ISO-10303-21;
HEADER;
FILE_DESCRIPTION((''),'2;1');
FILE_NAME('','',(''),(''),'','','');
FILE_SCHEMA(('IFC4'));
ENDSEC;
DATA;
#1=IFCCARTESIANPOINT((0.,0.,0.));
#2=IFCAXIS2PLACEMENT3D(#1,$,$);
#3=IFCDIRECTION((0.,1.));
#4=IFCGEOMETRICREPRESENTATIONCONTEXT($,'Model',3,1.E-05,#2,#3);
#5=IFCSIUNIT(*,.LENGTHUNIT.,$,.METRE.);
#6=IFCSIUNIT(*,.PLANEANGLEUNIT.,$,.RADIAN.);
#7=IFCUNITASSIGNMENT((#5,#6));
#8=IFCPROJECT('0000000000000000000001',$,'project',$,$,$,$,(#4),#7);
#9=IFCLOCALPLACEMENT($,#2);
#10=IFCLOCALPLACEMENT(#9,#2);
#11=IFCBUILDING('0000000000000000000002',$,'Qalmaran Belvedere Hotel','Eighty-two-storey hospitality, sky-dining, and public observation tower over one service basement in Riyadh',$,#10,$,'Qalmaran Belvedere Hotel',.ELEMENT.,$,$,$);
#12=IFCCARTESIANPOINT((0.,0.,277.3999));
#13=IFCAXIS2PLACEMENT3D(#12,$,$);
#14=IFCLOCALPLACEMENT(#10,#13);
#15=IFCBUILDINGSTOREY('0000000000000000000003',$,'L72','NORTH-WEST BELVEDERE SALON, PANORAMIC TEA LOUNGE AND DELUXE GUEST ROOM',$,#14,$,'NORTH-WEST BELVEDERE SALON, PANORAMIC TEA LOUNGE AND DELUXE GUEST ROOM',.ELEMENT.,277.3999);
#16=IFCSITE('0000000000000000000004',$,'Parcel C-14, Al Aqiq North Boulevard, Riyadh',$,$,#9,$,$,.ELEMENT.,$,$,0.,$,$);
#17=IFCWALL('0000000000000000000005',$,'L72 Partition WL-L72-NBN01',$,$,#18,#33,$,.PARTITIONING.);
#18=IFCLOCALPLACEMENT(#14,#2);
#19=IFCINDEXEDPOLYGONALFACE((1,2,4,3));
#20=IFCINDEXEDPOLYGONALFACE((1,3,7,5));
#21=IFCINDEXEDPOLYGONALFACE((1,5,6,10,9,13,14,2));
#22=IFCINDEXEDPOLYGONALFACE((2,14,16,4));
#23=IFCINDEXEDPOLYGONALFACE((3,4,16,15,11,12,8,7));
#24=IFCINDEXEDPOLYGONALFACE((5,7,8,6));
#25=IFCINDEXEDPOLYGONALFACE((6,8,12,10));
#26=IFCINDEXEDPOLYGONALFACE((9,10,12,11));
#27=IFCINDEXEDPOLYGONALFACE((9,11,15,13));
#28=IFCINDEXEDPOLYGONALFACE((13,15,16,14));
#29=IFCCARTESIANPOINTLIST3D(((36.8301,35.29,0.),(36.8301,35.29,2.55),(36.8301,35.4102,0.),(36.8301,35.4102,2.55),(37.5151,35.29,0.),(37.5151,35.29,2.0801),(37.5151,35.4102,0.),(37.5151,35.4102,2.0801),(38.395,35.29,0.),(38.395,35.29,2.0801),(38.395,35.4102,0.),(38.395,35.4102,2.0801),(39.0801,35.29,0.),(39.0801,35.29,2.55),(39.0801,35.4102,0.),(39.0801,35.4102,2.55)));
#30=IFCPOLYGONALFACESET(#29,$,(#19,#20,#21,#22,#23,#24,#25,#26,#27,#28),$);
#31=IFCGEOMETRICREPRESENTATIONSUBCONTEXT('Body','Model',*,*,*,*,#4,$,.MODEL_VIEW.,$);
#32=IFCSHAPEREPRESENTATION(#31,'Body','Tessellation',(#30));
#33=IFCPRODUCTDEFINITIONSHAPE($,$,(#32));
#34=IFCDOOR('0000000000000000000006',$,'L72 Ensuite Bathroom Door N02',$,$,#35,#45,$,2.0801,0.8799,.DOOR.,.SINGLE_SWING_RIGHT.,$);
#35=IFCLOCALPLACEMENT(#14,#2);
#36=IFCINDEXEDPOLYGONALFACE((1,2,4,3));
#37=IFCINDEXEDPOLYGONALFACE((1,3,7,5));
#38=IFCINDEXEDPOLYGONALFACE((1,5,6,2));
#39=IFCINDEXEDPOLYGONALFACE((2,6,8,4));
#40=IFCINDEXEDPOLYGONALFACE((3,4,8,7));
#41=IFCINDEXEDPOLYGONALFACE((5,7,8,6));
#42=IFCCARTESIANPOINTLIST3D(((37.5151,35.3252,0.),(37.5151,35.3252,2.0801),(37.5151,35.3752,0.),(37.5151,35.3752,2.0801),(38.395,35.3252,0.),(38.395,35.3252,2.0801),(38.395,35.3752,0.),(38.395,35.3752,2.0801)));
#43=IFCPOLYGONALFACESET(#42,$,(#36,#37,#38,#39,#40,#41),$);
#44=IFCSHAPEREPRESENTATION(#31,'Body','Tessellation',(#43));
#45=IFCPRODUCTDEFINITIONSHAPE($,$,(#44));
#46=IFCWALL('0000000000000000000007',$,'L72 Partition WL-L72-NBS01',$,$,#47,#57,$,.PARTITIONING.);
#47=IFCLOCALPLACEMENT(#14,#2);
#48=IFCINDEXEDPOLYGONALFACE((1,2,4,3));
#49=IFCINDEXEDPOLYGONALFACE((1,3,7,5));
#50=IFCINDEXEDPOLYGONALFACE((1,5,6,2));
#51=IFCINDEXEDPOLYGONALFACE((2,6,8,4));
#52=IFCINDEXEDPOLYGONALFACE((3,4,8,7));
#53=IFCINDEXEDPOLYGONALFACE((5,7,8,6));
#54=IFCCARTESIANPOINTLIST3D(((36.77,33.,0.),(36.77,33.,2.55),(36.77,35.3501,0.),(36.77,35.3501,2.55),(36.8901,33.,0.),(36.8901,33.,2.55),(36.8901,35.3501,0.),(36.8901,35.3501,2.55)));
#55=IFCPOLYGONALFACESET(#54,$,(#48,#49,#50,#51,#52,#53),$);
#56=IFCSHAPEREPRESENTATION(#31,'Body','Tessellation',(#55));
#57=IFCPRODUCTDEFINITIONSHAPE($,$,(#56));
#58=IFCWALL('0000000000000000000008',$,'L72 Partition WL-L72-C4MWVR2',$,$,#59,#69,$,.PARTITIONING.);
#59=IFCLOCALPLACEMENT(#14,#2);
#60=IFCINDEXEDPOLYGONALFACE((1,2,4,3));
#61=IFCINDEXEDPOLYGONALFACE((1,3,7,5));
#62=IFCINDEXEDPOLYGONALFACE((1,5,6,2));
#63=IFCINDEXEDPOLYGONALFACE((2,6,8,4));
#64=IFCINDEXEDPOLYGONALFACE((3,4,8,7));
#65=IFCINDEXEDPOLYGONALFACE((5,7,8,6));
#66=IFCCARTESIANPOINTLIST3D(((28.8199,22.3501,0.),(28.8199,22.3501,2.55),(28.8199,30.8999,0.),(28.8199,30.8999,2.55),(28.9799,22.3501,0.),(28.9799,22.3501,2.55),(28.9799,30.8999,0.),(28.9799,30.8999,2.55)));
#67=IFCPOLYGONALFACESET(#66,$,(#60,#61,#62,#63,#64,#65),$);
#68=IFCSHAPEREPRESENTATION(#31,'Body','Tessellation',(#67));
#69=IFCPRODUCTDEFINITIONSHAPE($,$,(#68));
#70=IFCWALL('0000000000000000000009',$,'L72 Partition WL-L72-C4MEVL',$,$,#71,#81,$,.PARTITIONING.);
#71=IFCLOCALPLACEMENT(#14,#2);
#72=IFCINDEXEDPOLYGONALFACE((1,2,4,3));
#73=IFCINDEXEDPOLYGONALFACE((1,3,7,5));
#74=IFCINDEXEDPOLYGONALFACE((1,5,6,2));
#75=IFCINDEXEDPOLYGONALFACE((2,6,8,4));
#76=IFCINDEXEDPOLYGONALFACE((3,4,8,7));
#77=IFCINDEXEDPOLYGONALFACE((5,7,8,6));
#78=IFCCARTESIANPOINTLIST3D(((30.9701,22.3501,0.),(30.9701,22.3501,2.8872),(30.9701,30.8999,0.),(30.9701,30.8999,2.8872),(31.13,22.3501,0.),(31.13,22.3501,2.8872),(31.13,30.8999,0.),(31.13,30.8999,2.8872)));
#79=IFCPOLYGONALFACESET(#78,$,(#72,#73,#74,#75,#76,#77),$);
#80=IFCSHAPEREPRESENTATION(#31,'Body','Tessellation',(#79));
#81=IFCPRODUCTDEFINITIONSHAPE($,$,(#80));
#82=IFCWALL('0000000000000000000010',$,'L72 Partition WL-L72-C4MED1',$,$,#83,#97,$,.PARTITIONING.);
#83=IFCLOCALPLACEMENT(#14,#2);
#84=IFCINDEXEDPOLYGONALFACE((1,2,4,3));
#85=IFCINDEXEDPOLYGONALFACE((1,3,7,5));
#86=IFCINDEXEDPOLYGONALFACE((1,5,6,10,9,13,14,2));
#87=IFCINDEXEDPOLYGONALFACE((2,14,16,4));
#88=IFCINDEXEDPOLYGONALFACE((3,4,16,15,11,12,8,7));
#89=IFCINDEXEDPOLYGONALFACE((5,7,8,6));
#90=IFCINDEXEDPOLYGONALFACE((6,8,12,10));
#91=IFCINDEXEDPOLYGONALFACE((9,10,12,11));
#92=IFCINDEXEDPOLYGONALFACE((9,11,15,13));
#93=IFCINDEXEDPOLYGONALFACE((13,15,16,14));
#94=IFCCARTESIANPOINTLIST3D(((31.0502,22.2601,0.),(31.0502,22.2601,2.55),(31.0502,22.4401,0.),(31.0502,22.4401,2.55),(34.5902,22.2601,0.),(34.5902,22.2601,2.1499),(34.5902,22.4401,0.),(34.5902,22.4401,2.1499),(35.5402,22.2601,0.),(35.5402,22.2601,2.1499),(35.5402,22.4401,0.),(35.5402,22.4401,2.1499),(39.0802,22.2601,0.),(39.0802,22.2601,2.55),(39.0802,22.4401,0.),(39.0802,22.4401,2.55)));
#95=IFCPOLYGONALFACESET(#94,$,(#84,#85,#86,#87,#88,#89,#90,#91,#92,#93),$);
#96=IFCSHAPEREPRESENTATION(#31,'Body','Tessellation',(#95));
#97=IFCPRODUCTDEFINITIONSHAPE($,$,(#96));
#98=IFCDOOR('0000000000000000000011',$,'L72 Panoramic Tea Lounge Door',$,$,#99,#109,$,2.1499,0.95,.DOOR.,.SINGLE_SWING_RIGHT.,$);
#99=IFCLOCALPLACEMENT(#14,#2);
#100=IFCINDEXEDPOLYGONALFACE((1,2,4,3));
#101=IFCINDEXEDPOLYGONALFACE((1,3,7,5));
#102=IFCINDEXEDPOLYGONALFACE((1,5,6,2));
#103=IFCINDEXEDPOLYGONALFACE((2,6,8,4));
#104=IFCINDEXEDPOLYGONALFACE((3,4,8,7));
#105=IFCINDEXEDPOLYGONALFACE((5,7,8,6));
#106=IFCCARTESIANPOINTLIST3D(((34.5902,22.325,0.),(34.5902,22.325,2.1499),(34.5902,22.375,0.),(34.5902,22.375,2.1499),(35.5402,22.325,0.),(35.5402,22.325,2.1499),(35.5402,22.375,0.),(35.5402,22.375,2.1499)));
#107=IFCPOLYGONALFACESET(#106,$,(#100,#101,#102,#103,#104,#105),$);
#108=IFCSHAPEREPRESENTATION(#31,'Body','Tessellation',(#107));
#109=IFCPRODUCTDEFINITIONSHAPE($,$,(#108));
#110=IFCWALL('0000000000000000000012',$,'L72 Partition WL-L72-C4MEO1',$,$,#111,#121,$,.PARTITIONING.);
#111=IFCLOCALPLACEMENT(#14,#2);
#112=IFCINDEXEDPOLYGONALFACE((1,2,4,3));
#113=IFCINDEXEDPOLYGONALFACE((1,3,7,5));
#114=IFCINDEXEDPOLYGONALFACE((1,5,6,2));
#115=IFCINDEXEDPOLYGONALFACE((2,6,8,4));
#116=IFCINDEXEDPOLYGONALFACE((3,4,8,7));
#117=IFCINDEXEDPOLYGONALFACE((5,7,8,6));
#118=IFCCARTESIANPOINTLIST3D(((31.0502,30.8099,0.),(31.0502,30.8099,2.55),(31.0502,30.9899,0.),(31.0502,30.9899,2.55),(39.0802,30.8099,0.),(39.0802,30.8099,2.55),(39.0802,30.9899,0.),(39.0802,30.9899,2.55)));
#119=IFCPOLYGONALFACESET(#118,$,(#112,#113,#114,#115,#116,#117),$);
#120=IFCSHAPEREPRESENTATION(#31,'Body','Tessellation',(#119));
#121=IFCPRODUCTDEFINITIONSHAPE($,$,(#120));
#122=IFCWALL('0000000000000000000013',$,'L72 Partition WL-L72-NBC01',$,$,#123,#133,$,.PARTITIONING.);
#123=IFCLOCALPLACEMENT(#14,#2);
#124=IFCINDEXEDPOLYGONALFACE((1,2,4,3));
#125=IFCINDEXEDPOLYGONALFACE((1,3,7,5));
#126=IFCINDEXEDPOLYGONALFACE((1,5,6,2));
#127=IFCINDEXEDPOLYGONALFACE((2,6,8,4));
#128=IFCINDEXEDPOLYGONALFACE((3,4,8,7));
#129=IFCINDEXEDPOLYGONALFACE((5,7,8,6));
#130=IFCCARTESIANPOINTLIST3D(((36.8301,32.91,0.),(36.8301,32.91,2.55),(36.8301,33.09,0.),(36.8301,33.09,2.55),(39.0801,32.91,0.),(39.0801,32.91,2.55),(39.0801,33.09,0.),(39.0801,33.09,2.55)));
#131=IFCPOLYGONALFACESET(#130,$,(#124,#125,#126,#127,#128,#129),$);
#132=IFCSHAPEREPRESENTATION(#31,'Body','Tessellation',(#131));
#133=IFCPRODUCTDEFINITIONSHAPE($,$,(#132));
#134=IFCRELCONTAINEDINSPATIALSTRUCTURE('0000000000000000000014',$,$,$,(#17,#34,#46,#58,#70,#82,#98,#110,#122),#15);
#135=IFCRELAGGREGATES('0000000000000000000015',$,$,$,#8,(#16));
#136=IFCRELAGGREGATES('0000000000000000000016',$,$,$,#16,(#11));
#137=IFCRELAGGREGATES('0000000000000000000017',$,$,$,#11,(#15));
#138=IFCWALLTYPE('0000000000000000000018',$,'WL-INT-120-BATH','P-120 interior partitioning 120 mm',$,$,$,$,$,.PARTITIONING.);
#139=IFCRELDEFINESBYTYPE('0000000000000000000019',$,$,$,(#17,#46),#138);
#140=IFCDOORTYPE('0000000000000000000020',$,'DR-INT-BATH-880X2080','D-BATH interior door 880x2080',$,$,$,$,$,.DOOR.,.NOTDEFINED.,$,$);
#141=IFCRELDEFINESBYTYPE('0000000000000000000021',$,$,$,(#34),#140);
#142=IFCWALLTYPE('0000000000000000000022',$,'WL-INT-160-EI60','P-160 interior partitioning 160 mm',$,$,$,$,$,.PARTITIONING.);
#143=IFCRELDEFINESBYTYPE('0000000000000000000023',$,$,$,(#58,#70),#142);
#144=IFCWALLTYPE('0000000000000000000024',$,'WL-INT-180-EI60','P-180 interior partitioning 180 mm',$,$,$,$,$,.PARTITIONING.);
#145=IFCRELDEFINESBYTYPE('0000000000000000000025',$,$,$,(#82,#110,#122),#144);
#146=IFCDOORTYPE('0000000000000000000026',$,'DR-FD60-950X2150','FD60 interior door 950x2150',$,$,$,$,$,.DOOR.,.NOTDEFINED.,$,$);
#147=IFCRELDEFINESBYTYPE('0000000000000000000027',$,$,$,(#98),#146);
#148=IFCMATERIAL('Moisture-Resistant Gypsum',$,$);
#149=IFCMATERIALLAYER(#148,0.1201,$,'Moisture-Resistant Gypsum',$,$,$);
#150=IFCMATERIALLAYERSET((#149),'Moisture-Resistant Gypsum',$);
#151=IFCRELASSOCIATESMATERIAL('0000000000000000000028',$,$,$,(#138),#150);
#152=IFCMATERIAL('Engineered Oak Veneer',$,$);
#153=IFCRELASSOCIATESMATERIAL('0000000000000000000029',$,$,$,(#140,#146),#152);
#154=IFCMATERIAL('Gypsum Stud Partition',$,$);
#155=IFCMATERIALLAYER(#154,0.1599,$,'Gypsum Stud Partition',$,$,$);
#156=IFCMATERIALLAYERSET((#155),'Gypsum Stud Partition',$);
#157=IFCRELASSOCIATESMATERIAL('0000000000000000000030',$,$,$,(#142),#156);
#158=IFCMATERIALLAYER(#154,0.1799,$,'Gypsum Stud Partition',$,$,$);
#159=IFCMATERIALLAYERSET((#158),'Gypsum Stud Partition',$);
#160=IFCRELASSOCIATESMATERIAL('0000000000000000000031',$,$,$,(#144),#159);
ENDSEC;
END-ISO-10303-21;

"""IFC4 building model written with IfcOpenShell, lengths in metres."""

from ifc_helpers import new_model, si_unit, direction, frame, frame_2d, origin, place, context, subcontext, project, spatial, rectangle, extrude, material, layer, layer_set, type_object, element, fill, save


model = new_model("IFC4")

# Units and contexts
model_context = context("Model", 3, precision=1e-05, world=origin(), true_north=direction((0.0, 1.0)))
body_context = subcontext(model_context, "Body", "Model", "MODEL_VIEW")
ifc_project = project(units=[si_unit("LENGTHUNIT", "METRE"), si_unit("PLANEANGLEUNIT", "RADIAN")], contexts=[model_context])

# Site, building, storey
site_placement = place(None, origin())
site = spatial("IfcSite", under=ifc_project, at=site_placement, Name="Parcel C-14, Al Aqiq North Boulevard, Riyadh", CompositionType="ELEMENT", RefElevation=0.0)
building_placement = place(site_placement, origin())
building = spatial("IfcBuilding", under=site, at=building_placement, Name="Qalmaran Belvedere Hotel", Description="Eighty-two-storey hospitality, sky-dining, and public observation tower over one service basement in Riyadh", LongName="Qalmaran Belvedere Hotel", CompositionType="ELEMENT")
storey_placement = place(building_placement, frame((0.0, 0.0, 277.3999)))
storey = spatial("IfcBuildingStorey", under=building, at=storey_placement, Name="L72", Description="NORTH-WEST BELVEDERE SALON, PANORAMIC TEA LOUNGE AND DELUXE GUEST ROOM", LongName="NORTH-WEST BELVEDERE SALON, PANORAMIC TEA LOUNGE AND DELUXE GUEST ROOM", CompositionType="ELEMENT", Elevation=277.3999)

# Wall, opening, door
ifc_material_1 = material(Name="Moisture-Resistant Gypsum")
ifc_layer_1 = layer(ifc_material_1, 0.1201, Name="Moisture-Resistant Gypsum")
ifc_layer_set_1 = layer_set([ifc_layer_1], Name="Moisture-Resistant Gypsum")
wall_type_1 = type_object("IfcWallType", Name="WL-INT-120-BATH", Description="P-120 interior partitioning 120 mm", PredefinedType="PARTITIONING", material=ifc_layer_set_1)
wall_1_placement = place(storey_placement, frame((36.8301, 35.3501, 0.0), z_axis=(0.0, 0.0, 1.0), x_axis=(1.0, 0.0, 0.0)))
wall_1 = element("IfcWall", 1, at=wall_1_placement, inside=storey, type_object=wall_type_1, Name="L72 Partition WL-L72-NBN01", PredefinedType="PARTITIONING", context=body_context, shape_type="SweptSolid", body=[
    extrude(rectangle(XDim=2.25, YDim=0.1201, at=frame_2d((1.125, 0.0))), origin(), (0.0, 0.0, 1.0), 2.55),
])
opening_1_placement = place(wall_1_placement, frame((1.5649, 0.0, 0.0), z_axis=(0.0, 0.0, 1.0), x_axis=(-1.0, 0.0, 0.0)))
opening_1 = element("IfcOpeningElement", 2, at=opening_1_placement, cuts=wall_1, PredefinedType="OPENING", context=body_context, shape_type="SweptSolid", body=[
    extrude(rectangle(XDim=0.8799, YDim=2.0801, at=frame_2d((0.4399, 1.04))), frame((0.0, 0.0701, 0.0), z_axis=(0.0, -1.0, 0.0), x_axis=(1.0, 0.0, 0.0)), (0.0, 0.0, 1.0), 0.1401),
])
ifc_material_2 = material(Name="Engineered Oak Veneer")
door_type_1 = type_object("IfcDoorType", Name="DR-INT-BATH-880X2080", Description="D-BATH interior door 880x2080", OperationType="NOTDEFINED", PredefinedType="DOOR", material=ifc_material_2)
door_1_placement = place(opening_1_placement, origin())
door_1 = element("IfcDoor", 3, at=door_1_placement, inside=storey, type_object=door_type_1, Name="L72 Ensuite Bathroom Door N02", OperationType="SINGLE_SWING_RIGHT", OverallHeight=2.0801, OverallWidth=0.8799, PredefinedType="DOOR", context=body_context, shape_type="SweptSolid", body=[
    extrude(rectangle(XDim=0.8799, YDim=2.0801, at=frame_2d((0.4399, 1.04))), frame((0.0, 0.0249, 0.0), z_axis=(0.0, -1.0, 0.0), x_axis=(1.0, 0.0, 0.0)), (0.0, 0.0, 1.0), 0.05),
])
fill(opening_1, door_1)

# Wall
wall_2_placement = place(storey_placement, frame((36.8301, 33.0, 0.0), z_axis=(0.0, 0.0, 1.0), x_axis=(0.0, 1.0, 0.0)))
element("IfcWall", 4, at=wall_2_placement, inside=storey, type_object=wall_type_1, Name="L72 Partition WL-L72-NBS01", PredefinedType="PARTITIONING", context=body_context, shape_type="SweptSolid", body=[
    extrude(rectangle(XDim=2.3501, YDim=0.1201, at=frame_2d((1.175, 0.0))), origin(), (0.0, 0.0, 1.0), 2.55),
])

# Shared definitions
ifc_material_3 = material(Name="Gypsum Stud Partition")

# Walls
ifc_layer_2 = layer(ifc_material_3, 0.1599, Name="Gypsum Stud Partition")
ifc_layer_set_2 = layer_set([ifc_layer_2], Name="Gypsum Stud Partition")
wall_type_2 = type_object("IfcWallType", Name="WL-INT-160-EI60", Description="P-160 interior partitioning 160 mm", PredefinedType="PARTITIONING", material=ifc_layer_set_2)
wall_3_placement = place(storey_placement, frame((28.8999, 22.3501, 0.0), z_axis=(0.0, 0.0, 1.0), x_axis=(0.0, 1.0, 0.0)))
element("IfcWall", 5, at=wall_3_placement, inside=storey, type_object=wall_type_2, Name="L72 Partition WL-L72-C4MWVR2", PredefinedType="PARTITIONING", context=body_context, shape_type="SweptSolid", body=[
    extrude(rectangle(XDim=8.5498, YDim=0.1599, at=frame_2d((4.2749, 0.0))), origin(), (0.0, 0.0, 1.0), 2.55),
])
wall_4_placement = place(storey_placement, frame((31.05, 22.3501, 0.0), z_axis=(0.0, 0.0, 1.0), x_axis=(0.0, 1.0, 0.0)))
element("IfcWall", 6, at=wall_4_placement, inside=storey, type_object=wall_type_2, Name="L72 Partition WL-L72-C4MEVL", PredefinedType="PARTITIONING", context=body_context, shape_type="SweptSolid", body=[
    extrude(rectangle(XDim=8.5498, YDim=0.1599, at=frame_2d((4.2749, 0.0))), origin(), (0.0, 0.0, 1.0), 2.8872),
])

# Wall, opening, door
ifc_layer_3 = layer(ifc_material_3, 0.1799, Name="Gypsum Stud Partition")
ifc_layer_set_3 = layer_set([ifc_layer_3], Name="Gypsum Stud Partition")
wall_type_3 = type_object("IfcWallType", Name="WL-INT-180-EI60", Description="P-180 interior partitioning 180 mm", PredefinedType="PARTITIONING", material=ifc_layer_set_3)
wall_5_placement = place(storey_placement, frame((31.05, 22.3501, 0.0), z_axis=(0.0, 0.0, 1.0), x_axis=(1.0, 0.0, 0.0)))
wall_5 = element("IfcWall", 7, at=wall_5_placement, inside=storey, type_object=wall_type_3, Name="L72 Partition WL-L72-C4MED1", PredefinedType="PARTITIONING", context=body_context, shape_type="SweptSolid", body=[
    extrude(rectangle(XDim=8.03, YDim=0.1799, at=frame_2d((4.0151, 0.0))), origin(), (0.0, 0.0, 1.0), 2.55),
])
opening_2_placement = place(wall_5_placement, frame((3.54, 0.0, 0.0)))
opening_2 = element("IfcOpeningElement", 8, at=opening_2_placement, cuts=wall_5, PredefinedType="OPENING", context=body_context, shape_type="SweptSolid", body=[
    extrude(rectangle(XDim=0.95, YDim=2.1499, at=frame_2d((0.4751, 1.075))), frame((0.0, 0.1001, 0.0), z_axis=(0.0, -1.0, 0.0), x_axis=(1.0, 0.0, 0.0)), (0.0, 0.0, 1.0), 0.2),
])
door_type_2 = type_object("IfcDoorType", Name="DR-FD60-950X2150", Description="FD60 interior door 950x2150", OperationType="NOTDEFINED", PredefinedType="DOOR", material=ifc_material_2)
door_2_placement = place(opening_2_placement, origin())
door_2 = element("IfcDoor", 9, at=door_2_placement, inside=storey, type_object=door_type_2, Name="L72 Panoramic Tea Lounge Door", OperationType="SINGLE_SWING_RIGHT", OverallHeight=2.1499, OverallWidth=0.95, PredefinedType="DOOR", context=body_context, shape_type="SweptSolid", body=[
    extrude(rectangle(XDim=0.95, YDim=2.1499, at=frame_2d((0.4751, 1.075))), frame((0.0, 0.0249, 0.0), z_axis=(0.0, -1.0, 0.0), x_axis=(1.0, 0.0, 0.0)), (0.0, 0.0, 1.0), 0.05),
])
fill(opening_2, door_2)

# Walls
wall_6_placement = place(storey_placement, frame((31.05, 30.8999, 0.0), z_axis=(0.0, 0.0, 1.0), x_axis=(1.0, 0.0, 0.0)))
element("IfcWall", 10, at=wall_6_placement, inside=storey, type_object=wall_type_3, Name="L72 Partition WL-L72-C4MEO1", PredefinedType="PARTITIONING", context=body_context, shape_type="SweptSolid", body=[
    extrude(rectangle(XDim=8.03, YDim=0.1799, at=frame_2d((4.0151, 0.0))), origin(), (0.0, 0.0, 1.0), 2.55),
])
wall_7_placement = place(storey_placement, frame((36.8301, 33.0, 0.0), z_axis=(0.0, 0.0, 1.0), x_axis=(1.0, 0.0, 0.0)))
element("IfcWall", 11, at=wall_7_placement, inside=storey, type_object=wall_type_3, Name="L72 Partition WL-L72-NBC01", PredefinedType="PARTITIONING", context=body_context, shape_type="SweptSolid", body=[
    extrude(rectangle(XDim=2.25, YDim=0.1799, at=frame_2d((1.125, 0.0))), origin(), (0.0, 0.0, 1.0), 2.55),
])

save(model, "model.ifc")
